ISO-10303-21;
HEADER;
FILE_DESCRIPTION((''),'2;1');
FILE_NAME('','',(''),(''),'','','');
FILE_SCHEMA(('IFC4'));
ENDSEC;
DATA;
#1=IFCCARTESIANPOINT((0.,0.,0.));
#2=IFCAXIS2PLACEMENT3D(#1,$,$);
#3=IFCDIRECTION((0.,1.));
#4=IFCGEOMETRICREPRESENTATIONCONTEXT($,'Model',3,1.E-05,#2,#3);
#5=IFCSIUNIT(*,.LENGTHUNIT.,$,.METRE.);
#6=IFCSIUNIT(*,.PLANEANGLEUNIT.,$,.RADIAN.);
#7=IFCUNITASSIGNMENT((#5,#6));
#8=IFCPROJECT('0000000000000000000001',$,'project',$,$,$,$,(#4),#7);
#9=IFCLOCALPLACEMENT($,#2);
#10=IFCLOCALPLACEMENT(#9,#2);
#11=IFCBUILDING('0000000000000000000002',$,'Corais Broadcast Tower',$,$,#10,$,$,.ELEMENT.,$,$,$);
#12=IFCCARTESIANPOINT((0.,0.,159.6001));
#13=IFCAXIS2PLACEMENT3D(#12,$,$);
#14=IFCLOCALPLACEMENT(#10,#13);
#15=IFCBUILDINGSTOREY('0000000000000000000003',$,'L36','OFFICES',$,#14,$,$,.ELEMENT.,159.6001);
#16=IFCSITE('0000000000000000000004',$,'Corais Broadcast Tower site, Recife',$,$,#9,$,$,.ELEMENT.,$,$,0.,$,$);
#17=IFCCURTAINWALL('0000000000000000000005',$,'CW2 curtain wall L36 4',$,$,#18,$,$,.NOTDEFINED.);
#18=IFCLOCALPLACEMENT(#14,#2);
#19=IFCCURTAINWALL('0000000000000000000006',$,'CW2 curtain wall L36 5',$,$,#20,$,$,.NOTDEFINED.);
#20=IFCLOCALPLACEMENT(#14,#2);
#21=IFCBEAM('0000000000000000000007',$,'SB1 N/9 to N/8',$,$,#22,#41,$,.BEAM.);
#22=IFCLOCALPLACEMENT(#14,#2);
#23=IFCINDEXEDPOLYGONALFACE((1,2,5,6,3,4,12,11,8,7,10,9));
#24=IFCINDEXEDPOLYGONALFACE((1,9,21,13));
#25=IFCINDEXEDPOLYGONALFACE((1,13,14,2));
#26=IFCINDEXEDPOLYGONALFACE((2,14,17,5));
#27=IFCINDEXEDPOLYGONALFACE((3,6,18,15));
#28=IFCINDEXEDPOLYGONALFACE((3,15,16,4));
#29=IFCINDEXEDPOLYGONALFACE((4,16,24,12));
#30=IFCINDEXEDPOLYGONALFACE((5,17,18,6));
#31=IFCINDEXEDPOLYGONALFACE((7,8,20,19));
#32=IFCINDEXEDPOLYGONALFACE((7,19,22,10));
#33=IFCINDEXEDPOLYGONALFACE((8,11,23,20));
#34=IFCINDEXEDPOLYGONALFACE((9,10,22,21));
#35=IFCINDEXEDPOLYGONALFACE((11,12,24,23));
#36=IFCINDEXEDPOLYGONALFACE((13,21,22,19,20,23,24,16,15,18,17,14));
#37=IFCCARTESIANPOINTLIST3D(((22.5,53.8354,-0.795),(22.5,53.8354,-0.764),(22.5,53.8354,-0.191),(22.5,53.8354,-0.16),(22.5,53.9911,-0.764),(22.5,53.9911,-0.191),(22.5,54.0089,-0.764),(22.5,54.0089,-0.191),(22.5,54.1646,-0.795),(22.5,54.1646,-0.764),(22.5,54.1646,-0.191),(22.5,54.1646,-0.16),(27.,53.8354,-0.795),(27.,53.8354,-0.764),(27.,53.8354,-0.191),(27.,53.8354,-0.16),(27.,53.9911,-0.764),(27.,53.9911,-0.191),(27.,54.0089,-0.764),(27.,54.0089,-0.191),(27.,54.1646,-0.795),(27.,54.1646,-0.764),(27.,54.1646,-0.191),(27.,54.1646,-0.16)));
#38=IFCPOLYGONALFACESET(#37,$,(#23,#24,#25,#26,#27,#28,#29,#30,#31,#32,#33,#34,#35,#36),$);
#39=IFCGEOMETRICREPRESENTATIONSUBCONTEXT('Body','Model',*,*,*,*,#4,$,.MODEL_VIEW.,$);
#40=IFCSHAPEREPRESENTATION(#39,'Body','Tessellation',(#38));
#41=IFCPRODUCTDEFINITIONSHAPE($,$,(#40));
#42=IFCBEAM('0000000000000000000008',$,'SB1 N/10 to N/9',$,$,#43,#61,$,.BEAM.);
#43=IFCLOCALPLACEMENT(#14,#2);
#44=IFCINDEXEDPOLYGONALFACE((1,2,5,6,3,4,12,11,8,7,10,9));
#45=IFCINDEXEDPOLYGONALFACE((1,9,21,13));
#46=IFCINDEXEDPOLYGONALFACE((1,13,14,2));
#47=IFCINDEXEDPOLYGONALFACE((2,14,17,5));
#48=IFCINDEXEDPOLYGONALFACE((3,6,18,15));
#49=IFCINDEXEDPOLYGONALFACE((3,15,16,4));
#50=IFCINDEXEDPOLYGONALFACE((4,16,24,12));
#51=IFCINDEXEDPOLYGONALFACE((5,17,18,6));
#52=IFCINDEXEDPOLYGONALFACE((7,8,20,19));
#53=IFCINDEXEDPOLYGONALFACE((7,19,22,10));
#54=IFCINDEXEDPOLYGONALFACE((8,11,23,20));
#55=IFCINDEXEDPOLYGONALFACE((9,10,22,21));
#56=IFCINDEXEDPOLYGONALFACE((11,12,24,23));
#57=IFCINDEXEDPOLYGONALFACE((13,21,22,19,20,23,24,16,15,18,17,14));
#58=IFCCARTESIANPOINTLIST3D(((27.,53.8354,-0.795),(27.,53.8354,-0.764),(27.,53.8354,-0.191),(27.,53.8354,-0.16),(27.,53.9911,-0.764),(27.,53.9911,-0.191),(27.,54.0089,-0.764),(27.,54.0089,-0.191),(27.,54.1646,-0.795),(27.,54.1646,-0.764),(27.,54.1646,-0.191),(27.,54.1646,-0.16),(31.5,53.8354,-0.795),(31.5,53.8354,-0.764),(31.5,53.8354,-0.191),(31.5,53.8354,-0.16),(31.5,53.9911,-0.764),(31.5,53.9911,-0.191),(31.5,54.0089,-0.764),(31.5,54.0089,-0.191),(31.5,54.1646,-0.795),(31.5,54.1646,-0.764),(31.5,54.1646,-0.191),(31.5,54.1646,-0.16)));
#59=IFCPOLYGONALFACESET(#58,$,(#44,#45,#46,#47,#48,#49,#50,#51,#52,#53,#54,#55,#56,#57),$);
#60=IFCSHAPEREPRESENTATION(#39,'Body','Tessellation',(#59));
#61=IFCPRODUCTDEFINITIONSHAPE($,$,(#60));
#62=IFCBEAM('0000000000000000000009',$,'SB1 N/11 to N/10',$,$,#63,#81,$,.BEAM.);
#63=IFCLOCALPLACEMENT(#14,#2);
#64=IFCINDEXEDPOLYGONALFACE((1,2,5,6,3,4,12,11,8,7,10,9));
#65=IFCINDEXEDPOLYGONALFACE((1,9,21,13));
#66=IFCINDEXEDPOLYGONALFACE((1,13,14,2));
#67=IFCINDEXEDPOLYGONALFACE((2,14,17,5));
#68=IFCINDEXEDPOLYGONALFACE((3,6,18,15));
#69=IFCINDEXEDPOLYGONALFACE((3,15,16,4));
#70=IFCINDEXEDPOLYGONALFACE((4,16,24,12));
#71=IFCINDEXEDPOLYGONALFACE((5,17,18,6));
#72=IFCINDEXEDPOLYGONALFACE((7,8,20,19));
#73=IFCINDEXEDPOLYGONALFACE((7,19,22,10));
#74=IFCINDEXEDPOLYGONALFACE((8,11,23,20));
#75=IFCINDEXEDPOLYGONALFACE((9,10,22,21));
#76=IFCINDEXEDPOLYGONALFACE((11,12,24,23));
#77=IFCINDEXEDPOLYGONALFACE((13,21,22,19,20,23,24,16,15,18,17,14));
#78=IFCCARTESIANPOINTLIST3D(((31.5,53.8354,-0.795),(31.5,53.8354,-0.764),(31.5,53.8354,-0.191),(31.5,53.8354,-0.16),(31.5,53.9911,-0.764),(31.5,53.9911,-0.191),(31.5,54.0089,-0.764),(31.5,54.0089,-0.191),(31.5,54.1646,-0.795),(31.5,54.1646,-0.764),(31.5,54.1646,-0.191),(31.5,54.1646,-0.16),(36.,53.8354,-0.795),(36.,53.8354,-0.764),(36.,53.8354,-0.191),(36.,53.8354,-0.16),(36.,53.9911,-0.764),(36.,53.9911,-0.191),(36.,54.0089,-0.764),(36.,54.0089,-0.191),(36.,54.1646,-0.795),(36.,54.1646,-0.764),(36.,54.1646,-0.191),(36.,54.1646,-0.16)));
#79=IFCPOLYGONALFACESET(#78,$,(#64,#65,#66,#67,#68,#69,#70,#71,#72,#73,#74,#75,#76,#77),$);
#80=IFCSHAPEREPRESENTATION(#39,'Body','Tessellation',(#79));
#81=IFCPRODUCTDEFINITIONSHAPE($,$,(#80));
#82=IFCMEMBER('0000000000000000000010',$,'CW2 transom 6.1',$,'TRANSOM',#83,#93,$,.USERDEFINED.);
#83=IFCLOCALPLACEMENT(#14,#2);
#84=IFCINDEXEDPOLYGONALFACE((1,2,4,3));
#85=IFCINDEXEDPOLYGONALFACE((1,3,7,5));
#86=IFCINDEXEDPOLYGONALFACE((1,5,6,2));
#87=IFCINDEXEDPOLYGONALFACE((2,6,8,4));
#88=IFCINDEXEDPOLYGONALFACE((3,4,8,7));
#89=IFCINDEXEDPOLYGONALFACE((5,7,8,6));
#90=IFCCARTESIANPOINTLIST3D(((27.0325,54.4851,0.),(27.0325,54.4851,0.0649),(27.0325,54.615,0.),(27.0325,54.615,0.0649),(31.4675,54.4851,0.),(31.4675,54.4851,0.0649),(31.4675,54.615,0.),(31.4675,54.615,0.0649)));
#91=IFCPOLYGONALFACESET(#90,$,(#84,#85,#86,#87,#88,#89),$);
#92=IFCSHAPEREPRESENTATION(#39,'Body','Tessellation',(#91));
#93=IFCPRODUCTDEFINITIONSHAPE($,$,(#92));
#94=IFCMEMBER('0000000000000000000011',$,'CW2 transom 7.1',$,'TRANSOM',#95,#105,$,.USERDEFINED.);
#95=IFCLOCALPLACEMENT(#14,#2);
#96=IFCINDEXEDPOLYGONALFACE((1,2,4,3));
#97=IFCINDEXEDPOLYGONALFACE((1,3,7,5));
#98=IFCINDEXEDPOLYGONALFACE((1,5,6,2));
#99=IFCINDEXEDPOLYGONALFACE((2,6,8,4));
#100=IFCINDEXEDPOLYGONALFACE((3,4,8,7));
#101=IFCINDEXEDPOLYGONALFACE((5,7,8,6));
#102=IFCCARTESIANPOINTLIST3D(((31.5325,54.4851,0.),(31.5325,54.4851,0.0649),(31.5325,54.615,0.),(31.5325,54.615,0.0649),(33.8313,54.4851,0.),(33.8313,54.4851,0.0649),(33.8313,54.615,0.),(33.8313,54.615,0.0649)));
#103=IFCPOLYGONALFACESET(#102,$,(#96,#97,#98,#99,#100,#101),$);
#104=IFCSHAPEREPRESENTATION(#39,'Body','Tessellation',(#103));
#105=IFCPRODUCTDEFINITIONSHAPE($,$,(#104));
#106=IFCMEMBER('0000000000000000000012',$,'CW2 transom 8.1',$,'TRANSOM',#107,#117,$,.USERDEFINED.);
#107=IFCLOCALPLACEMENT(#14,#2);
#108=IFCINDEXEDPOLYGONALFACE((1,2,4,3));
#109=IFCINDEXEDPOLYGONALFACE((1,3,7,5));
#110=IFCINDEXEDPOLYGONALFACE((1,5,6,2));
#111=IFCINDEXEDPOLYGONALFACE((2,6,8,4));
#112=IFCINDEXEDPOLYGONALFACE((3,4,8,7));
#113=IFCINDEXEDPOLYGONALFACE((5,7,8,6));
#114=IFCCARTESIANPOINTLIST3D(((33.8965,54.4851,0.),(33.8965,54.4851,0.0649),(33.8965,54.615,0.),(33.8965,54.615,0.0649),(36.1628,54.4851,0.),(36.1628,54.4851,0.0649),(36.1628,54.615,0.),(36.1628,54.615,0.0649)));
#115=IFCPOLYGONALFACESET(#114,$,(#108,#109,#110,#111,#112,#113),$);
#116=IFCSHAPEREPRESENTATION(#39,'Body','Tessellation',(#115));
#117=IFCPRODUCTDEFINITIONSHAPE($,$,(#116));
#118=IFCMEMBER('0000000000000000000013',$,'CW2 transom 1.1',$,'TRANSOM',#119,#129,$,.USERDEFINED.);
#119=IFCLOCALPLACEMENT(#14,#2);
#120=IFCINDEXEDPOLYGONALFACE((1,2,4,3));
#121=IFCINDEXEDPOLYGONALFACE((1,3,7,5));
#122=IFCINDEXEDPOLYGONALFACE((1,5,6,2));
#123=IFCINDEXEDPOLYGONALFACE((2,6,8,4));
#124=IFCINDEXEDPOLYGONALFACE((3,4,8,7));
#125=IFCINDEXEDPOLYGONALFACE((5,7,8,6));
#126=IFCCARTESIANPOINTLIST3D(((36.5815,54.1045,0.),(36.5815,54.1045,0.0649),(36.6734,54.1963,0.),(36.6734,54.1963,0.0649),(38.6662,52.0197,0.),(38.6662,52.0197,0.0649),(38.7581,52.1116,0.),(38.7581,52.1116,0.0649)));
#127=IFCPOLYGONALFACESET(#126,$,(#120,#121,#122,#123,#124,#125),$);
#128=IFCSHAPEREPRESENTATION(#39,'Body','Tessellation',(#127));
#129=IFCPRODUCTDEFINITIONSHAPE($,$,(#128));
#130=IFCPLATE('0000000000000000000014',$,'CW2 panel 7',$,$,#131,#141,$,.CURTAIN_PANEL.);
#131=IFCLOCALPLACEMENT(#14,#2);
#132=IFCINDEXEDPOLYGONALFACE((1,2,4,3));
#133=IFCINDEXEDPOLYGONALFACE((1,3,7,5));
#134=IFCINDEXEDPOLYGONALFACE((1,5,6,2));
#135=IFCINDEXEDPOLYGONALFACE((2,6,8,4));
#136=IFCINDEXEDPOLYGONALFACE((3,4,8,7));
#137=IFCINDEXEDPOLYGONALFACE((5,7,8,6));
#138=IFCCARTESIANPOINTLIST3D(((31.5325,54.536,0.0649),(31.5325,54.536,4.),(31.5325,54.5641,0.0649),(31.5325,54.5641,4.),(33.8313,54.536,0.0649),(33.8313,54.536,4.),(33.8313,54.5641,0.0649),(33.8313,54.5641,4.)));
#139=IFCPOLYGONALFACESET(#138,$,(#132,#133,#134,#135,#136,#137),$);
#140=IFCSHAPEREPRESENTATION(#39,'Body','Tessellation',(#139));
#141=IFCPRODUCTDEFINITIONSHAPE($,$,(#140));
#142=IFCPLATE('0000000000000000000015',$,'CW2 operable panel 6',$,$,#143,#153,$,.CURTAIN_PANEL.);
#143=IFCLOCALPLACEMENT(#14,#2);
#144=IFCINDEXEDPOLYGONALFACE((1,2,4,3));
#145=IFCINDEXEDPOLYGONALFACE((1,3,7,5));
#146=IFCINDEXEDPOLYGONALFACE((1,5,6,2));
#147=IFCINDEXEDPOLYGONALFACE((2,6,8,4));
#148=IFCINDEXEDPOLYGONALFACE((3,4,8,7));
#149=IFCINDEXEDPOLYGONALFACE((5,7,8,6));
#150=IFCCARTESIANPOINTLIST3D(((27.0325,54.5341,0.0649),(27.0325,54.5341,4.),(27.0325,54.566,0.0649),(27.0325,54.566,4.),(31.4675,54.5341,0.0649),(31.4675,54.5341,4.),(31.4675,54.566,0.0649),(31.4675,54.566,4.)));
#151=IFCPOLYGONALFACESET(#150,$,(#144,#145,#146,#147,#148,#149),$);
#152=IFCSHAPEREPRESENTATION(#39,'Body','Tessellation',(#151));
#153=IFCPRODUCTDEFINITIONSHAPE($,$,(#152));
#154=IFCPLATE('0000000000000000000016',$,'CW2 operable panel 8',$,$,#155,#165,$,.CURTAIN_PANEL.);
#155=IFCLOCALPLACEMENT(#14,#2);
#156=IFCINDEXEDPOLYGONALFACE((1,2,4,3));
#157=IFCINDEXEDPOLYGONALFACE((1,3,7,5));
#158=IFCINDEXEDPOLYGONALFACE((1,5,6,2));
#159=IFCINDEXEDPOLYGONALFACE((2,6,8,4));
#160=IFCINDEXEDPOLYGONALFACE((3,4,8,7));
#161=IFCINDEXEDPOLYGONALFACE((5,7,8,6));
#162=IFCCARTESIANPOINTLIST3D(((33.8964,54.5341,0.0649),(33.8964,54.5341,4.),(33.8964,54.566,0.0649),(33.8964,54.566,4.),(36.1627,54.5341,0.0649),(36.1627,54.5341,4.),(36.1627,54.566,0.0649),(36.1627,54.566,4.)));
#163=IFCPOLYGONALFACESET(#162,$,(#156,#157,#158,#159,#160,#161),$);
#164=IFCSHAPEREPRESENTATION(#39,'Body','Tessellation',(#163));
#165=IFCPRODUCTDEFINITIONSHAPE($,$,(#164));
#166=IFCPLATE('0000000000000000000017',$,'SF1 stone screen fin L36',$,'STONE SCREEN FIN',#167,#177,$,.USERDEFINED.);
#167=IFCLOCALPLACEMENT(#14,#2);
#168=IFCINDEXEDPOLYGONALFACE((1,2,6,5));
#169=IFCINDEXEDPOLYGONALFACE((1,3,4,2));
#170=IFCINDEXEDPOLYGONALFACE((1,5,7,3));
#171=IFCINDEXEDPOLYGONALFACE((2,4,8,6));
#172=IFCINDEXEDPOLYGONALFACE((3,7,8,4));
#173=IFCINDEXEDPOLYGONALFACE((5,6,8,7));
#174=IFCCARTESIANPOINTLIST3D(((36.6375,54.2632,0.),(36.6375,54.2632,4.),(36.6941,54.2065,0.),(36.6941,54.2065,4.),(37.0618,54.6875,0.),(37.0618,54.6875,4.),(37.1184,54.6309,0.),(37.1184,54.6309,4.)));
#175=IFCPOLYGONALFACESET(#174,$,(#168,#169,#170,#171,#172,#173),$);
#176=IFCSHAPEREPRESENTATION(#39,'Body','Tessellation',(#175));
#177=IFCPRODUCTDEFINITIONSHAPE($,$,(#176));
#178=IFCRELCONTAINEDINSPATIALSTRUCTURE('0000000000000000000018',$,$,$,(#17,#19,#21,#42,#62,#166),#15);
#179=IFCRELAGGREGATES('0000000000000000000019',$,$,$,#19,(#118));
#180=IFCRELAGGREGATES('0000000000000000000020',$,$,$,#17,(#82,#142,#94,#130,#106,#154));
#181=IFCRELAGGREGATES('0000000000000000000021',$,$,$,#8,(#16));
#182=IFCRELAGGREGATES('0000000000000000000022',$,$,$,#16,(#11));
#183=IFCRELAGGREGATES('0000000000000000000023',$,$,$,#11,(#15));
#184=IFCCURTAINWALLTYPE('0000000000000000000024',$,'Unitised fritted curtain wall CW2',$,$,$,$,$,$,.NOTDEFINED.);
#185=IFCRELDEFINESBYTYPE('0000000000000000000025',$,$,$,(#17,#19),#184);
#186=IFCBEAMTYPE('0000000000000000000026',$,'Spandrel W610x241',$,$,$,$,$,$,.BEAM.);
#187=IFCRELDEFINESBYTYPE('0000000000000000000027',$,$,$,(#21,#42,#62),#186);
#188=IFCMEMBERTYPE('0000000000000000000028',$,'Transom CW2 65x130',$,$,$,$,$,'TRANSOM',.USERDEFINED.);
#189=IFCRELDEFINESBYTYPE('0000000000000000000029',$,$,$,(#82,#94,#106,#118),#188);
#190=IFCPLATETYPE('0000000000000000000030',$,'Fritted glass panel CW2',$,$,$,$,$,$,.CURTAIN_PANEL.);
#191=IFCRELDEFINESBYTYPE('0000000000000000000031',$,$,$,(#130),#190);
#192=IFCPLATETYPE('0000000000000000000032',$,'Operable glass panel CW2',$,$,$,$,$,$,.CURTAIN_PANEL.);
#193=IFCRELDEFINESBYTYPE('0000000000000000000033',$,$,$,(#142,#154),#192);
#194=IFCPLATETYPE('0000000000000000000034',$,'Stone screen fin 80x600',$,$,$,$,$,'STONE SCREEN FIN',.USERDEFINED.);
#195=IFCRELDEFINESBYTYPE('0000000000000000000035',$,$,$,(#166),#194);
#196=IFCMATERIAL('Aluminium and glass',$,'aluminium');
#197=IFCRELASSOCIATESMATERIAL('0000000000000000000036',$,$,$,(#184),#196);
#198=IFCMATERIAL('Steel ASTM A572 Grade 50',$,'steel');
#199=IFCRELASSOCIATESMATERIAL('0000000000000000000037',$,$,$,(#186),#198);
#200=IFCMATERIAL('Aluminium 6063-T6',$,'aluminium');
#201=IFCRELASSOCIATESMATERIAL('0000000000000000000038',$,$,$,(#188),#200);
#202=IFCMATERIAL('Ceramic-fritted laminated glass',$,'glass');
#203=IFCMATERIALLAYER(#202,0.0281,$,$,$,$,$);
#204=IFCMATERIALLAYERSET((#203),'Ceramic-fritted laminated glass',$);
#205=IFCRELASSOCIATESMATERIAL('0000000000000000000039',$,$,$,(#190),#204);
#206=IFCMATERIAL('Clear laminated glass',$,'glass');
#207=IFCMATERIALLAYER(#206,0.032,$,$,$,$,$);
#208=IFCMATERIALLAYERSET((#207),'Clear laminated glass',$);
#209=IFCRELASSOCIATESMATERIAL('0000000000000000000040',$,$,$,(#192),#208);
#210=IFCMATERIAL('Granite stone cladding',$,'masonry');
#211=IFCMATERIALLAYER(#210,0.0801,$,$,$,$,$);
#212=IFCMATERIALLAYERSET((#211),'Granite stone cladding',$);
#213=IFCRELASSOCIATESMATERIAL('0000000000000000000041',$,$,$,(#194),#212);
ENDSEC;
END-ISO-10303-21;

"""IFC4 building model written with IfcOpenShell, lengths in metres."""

from ifc_helpers import new_model, si_unit, direction, frame, origin, origin_2d, place, context, subcontext, project, spatial, rectangle, i_section, extrude, material, layer, layer_set, material_profile, profile_set, type_object, element, aggregate, save


model = new_model("IFC4")

# Units and contexts
model_context = context("Model", 3, precision=1e-05, world=origin(), true_north=direction((0.0, 1.0)))
body_context = subcontext(model_context, "Body", "Model", "MODEL_VIEW")
ifc_project = project(units=[si_unit("LENGTHUNIT", "METRE"), si_unit("PLANEANGLEUNIT", "RADIAN")], contexts=[model_context])

# Site, building, storey
site_placement = place(None, origin())
site = spatial("IfcSite", under=ifc_project, at=site_placement, Name="Corais Broadcast Tower site, Recife", CompositionType="ELEMENT", RefElevation=0.0)
building_placement = place(site_placement, origin())
building = spatial("IfcBuilding", under=site, at=building_placement, Name="Corais Broadcast Tower", CompositionType="ELEMENT")
storey_placement = place(building_placement, frame((0.0, 0.0, 159.6001)))
storey = spatial("IfcBuildingStorey", under=building, at=storey_placement, Name="L36", Description="OFFICES", CompositionType="ELEMENT", Elevation=159.6001)

# Curtain wall
ifc_material_1 = material(Name="Aluminium and glass", Category="aluminium")
curtain_wall_type = type_object("IfcCurtainWallType", Name="Unitised fritted curtain wall CW2", PredefinedType="NOTDEFINED", material=ifc_material_1)
curtain_wall_1_placement = place(storey_placement, origin())
curtain_wall_1 = element("IfcCurtainWall", 1, at=curtain_wall_1_placement, inside=storey, type_object=curtain_wall_type, Name="CW2 curtain wall L36 4", PredefinedType="NOTDEFINED")

# Curtain wall
curtain_wall_2_placement = place(storey_placement, origin())
curtain_wall_2 = element("IfcCurtainWall", 2, at=curtain_wall_2_placement, inside=storey, type_object=curtain_wall_type, Name="CW2 curtain wall L36 5", PredefinedType="NOTDEFINED")

# Beams
ifc_material_2 = material(Name="Steel ASTM A572 Grade 50", Category="steel")
ifc_material_profile_1 = material_profile(ifc_material_2, i_section(OverallWidth=0.3291, OverallDepth=0.635, WebThickness=0.0178, FlangeThickness=0.031, at=origin_2d()), Name="W610x241")
ifc_profile_set_1 = profile_set([ifc_material_profile_1], Name="Steel ASTM A572 Grade 50")
beam_type_1 = type_object("IfcBeamType", Name="Spandrel W610x241", PredefinedType="BEAM", material=ifc_profile_set_1)
for number, where, z_axis, x_axis, name in (
    (3, (27.0, 54.0, -0.4775), (-1.0, 0.0, 0.0), (0.0, -1.0, 0.0), "SB1 N/9 to N/8"),
    (4, (31.5, 54.0, -0.4775), (-1.0, 0.0, 0.0), (0.0, -1.0, 0.0), "SB1 N/10 to N/9"),
    (5, (36.0, 54.0, -0.4775), (-1.0, 0.0, 0.0), (0.0, -1.0, 0.0), "SB1 N/11 to N/10"),
):
    element("IfcBeam", number, at=place(storey_placement, frame(where, z_axis=z_axis, x_axis=x_axis)), inside=storey, type_object=beam_type_1, Name=name, PredefinedType="BEAM", context=body_context, shape_type="SweptSolid", body=[
        extrude(i_section(OverallWidth=0.3291, OverallDepth=0.635, WebThickness=0.0178, FlangeThickness=0.031, at=origin_2d()), origin(), (0.0, 0.0, 1.0), 4.5),
    ])

# Members
ifc_material_3 = material(Name="Aluminium 6063-T6", Category="aluminium")
ifc_material_profile_2 = material_profile(ifc_material_3, rectangle(XDim=0.1299, YDim=0.0649, at=origin_2d()), Name="Transom CW2 65x130")
ifc_profile_set_2 = profile_set([ifc_material_profile_2], Name="Aluminium 6063-T6")
member_type_1 = type_object("IfcMemberType", Name="Transom CW2 65x130", ElementType="TRANSOM", PredefinedType="USERDEFINED", material=ifc_profile_set_2)
member_1_placement = place(storey_placement, frame((27.0325, 54.55, 0.0325), z_axis=(1.0, 0.0, 0.0), x_axis=(0.0, 1.0, 0.0)))
member_1 = element("IfcMember", 6, at=member_1_placement, type_object=member_type_1, Name="CW2 transom 6.1", ObjectType="TRANSOM", PredefinedType="USERDEFINED", context=body_context, shape_type="SweptSolid", body=[
    extrude(rectangle(XDim=0.1299, YDim=0.0649, at=origin_2d()), origin(), (0.0, 0.0, 1.0), 4.4351),
])
member_2_placement = place(storey_placement, frame((31.5325, 54.55, 0.0325), z_axis=(1.0, 0.0, 0.0), x_axis=(0.0, 1.0, 0.0)))
member_2 = element("IfcMember", 7, at=member_2_placement, type_object=member_type_1, Name="CW2 transom 7.1", ObjectType="TRANSOM", PredefinedType="USERDEFINED", context=body_context, shape_type="SweptSolid", body=[
    extrude(rectangle(XDim=0.1299, YDim=0.0649, at=origin_2d()), origin(), (0.0, 0.0, 1.0), 2.2988),
])
member_3_placement = place(storey_placement, frame((33.8965, 54.55, 0.0325), z_axis=(1.0, 0.0, 0.0), x_axis=(0.0, 1.0, 0.0)))
member_3 = element("IfcMember", 8, at=member_3_placement, type_object=member_type_1, Name="CW2 transom 8.1", ObjectType="TRANSOM", PredefinedType="USERDEFINED", context=body_context, shape_type="SweptSolid", body=[
    extrude(rectangle(XDim=0.1299, YDim=0.0649, at=origin_2d()), origin(), (0.0, 0.0, 1.0), 2.2664),
])
member_4_placement = place(storey_placement, frame((36.6274, 54.1504, 0.0325), z_axis=(0.707107, -0.707107, 0.0), x_axis=(0.707107, 0.707107, 0.0)))
member_4 = element("IfcMember", 9, at=member_4_placement, type_object=member_type_1, Name="CW2 transom 1.1", ObjectType="TRANSOM", PredefinedType="USERDEFINED", context=body_context, shape_type="SweptSolid", body=[
    extrude(rectangle(XDim=0.1299, YDim=0.0649, at=origin_2d()), origin(), (0.0, 0.0, 1.0), 2.9482),
])
aggregate(curtain_wall_2, [member_4])

# Plates
ifc_material_4 = material(Name="Ceramic-fritted laminated glass", Category="glass")
ifc_layer_1 = layer(ifc_material_4, 0.0281)
ifc_layer_set_1 = layer_set([ifc_layer_1], Name="Ceramic-fritted laminated glass")
plate_type_1 = type_object("IfcPlateType", Name="Fritted glass panel CW2", PredefinedType="CURTAIN_PANEL", material=ifc_layer_set_1)
plate_1_placement = place(storey_placement, frame((32.6819, 54.55, 0.0649), z_axis=(0.0, 0.0, 1.0), x_axis=(1.0, 0.0, 0.0)))
plate_1 = element("IfcPlate", 10, at=plate_1_placement, type_object=plate_type_1, Name="CW2 panel 7", PredefinedType="CURTAIN_PANEL", context=body_context, shape_type="SweptSolid", body=[
    extrude(rectangle(XDim=2.2988, YDim=0.0281, at=origin_2d()), origin(), (0.0, 0.0, 1.0), 3.9351),
])
ifc_material_5 = material(Name="Clear laminated glass", Category="glass")
ifc_layer_2 = layer(ifc_material_5, 0.032)
ifc_layer_set_2 = layer_set([ifc_layer_2], Name="Clear laminated glass")
plate_type_2 = type_object("IfcPlateType", Name="Operable glass panel CW2", PredefinedType="CURTAIN_PANEL", material=ifc_layer_set_2)
plate_2_placement = place(storey_placement, frame((29.25, 54.55, 0.0649), z_axis=(0.0, 0.0, 1.0), x_axis=(1.0, 0.0, 0.0)))
plate_2 = element("IfcPlate", 11, at=plate_2_placement, type_object=plate_type_2, Name="CW2 operable panel 6", PredefinedType="CURTAIN_PANEL", context=body_context, shape_type="SweptSolid", body=[
    extrude(rectangle(XDim=4.4351, YDim=0.032, at=origin_2d()), origin(), (0.0, 0.0, 1.0), 3.9351),
])
plate_3_placement = place(storey_placement, frame((35.0295, 54.55, 0.0649), z_axis=(0.0, 0.0, 1.0), x_axis=(1.0, 0.0, 0.0)))
plate_3 = element("IfcPlate", 12, at=plate_3_placement, type_object=plate_type_2, Name="CW2 operable panel 8", PredefinedType="CURTAIN_PANEL", context=body_context, shape_type="SweptSolid", body=[
    extrude(rectangle(XDim=2.2664, YDim=0.032, at=origin_2d()), origin(), (0.0, 0.0, 1.0), 3.9351),
])
aggregate(curtain_wall_1, [member_1, plate_2, member_2, plate_1, member_3, plate_3])
ifc_material_6 = material(Name="Granite stone cladding", Category="masonry")
ifc_layer_3 = layer(ifc_material_6, 0.0801)
ifc_layer_set_3 = layer_set([ifc_layer_3], Name="Granite stone cladding")
plate_type_3 = type_object("IfcPlateType", Name="Stone screen fin 80x600", ElementType="STONE SCREEN FIN", PredefinedType="USERDEFINED", material=ifc_layer_set_3)
plate_4_placement = place(storey_placement, frame((36.8779, 54.447, 0.0), z_axis=(0.0, 0.0, 1.0), x_axis=(0.707107, -0.707107, 0.0)))
element("IfcPlate", 13, at=plate_4_placement, inside=storey, type_object=plate_type_3, Name="SF1 stone screen fin L36", ObjectType="STONE SCREEN FIN", PredefinedType="USERDEFINED", context=body_context, shape_type="SweptSolid", body=[
    extrude(rectangle(XDim=0.0801, YDim=0.6001, at=origin_2d()), origin(), (0.0, 0.0, 1.0), 4.0),
])

save(model, "model.ifc")
